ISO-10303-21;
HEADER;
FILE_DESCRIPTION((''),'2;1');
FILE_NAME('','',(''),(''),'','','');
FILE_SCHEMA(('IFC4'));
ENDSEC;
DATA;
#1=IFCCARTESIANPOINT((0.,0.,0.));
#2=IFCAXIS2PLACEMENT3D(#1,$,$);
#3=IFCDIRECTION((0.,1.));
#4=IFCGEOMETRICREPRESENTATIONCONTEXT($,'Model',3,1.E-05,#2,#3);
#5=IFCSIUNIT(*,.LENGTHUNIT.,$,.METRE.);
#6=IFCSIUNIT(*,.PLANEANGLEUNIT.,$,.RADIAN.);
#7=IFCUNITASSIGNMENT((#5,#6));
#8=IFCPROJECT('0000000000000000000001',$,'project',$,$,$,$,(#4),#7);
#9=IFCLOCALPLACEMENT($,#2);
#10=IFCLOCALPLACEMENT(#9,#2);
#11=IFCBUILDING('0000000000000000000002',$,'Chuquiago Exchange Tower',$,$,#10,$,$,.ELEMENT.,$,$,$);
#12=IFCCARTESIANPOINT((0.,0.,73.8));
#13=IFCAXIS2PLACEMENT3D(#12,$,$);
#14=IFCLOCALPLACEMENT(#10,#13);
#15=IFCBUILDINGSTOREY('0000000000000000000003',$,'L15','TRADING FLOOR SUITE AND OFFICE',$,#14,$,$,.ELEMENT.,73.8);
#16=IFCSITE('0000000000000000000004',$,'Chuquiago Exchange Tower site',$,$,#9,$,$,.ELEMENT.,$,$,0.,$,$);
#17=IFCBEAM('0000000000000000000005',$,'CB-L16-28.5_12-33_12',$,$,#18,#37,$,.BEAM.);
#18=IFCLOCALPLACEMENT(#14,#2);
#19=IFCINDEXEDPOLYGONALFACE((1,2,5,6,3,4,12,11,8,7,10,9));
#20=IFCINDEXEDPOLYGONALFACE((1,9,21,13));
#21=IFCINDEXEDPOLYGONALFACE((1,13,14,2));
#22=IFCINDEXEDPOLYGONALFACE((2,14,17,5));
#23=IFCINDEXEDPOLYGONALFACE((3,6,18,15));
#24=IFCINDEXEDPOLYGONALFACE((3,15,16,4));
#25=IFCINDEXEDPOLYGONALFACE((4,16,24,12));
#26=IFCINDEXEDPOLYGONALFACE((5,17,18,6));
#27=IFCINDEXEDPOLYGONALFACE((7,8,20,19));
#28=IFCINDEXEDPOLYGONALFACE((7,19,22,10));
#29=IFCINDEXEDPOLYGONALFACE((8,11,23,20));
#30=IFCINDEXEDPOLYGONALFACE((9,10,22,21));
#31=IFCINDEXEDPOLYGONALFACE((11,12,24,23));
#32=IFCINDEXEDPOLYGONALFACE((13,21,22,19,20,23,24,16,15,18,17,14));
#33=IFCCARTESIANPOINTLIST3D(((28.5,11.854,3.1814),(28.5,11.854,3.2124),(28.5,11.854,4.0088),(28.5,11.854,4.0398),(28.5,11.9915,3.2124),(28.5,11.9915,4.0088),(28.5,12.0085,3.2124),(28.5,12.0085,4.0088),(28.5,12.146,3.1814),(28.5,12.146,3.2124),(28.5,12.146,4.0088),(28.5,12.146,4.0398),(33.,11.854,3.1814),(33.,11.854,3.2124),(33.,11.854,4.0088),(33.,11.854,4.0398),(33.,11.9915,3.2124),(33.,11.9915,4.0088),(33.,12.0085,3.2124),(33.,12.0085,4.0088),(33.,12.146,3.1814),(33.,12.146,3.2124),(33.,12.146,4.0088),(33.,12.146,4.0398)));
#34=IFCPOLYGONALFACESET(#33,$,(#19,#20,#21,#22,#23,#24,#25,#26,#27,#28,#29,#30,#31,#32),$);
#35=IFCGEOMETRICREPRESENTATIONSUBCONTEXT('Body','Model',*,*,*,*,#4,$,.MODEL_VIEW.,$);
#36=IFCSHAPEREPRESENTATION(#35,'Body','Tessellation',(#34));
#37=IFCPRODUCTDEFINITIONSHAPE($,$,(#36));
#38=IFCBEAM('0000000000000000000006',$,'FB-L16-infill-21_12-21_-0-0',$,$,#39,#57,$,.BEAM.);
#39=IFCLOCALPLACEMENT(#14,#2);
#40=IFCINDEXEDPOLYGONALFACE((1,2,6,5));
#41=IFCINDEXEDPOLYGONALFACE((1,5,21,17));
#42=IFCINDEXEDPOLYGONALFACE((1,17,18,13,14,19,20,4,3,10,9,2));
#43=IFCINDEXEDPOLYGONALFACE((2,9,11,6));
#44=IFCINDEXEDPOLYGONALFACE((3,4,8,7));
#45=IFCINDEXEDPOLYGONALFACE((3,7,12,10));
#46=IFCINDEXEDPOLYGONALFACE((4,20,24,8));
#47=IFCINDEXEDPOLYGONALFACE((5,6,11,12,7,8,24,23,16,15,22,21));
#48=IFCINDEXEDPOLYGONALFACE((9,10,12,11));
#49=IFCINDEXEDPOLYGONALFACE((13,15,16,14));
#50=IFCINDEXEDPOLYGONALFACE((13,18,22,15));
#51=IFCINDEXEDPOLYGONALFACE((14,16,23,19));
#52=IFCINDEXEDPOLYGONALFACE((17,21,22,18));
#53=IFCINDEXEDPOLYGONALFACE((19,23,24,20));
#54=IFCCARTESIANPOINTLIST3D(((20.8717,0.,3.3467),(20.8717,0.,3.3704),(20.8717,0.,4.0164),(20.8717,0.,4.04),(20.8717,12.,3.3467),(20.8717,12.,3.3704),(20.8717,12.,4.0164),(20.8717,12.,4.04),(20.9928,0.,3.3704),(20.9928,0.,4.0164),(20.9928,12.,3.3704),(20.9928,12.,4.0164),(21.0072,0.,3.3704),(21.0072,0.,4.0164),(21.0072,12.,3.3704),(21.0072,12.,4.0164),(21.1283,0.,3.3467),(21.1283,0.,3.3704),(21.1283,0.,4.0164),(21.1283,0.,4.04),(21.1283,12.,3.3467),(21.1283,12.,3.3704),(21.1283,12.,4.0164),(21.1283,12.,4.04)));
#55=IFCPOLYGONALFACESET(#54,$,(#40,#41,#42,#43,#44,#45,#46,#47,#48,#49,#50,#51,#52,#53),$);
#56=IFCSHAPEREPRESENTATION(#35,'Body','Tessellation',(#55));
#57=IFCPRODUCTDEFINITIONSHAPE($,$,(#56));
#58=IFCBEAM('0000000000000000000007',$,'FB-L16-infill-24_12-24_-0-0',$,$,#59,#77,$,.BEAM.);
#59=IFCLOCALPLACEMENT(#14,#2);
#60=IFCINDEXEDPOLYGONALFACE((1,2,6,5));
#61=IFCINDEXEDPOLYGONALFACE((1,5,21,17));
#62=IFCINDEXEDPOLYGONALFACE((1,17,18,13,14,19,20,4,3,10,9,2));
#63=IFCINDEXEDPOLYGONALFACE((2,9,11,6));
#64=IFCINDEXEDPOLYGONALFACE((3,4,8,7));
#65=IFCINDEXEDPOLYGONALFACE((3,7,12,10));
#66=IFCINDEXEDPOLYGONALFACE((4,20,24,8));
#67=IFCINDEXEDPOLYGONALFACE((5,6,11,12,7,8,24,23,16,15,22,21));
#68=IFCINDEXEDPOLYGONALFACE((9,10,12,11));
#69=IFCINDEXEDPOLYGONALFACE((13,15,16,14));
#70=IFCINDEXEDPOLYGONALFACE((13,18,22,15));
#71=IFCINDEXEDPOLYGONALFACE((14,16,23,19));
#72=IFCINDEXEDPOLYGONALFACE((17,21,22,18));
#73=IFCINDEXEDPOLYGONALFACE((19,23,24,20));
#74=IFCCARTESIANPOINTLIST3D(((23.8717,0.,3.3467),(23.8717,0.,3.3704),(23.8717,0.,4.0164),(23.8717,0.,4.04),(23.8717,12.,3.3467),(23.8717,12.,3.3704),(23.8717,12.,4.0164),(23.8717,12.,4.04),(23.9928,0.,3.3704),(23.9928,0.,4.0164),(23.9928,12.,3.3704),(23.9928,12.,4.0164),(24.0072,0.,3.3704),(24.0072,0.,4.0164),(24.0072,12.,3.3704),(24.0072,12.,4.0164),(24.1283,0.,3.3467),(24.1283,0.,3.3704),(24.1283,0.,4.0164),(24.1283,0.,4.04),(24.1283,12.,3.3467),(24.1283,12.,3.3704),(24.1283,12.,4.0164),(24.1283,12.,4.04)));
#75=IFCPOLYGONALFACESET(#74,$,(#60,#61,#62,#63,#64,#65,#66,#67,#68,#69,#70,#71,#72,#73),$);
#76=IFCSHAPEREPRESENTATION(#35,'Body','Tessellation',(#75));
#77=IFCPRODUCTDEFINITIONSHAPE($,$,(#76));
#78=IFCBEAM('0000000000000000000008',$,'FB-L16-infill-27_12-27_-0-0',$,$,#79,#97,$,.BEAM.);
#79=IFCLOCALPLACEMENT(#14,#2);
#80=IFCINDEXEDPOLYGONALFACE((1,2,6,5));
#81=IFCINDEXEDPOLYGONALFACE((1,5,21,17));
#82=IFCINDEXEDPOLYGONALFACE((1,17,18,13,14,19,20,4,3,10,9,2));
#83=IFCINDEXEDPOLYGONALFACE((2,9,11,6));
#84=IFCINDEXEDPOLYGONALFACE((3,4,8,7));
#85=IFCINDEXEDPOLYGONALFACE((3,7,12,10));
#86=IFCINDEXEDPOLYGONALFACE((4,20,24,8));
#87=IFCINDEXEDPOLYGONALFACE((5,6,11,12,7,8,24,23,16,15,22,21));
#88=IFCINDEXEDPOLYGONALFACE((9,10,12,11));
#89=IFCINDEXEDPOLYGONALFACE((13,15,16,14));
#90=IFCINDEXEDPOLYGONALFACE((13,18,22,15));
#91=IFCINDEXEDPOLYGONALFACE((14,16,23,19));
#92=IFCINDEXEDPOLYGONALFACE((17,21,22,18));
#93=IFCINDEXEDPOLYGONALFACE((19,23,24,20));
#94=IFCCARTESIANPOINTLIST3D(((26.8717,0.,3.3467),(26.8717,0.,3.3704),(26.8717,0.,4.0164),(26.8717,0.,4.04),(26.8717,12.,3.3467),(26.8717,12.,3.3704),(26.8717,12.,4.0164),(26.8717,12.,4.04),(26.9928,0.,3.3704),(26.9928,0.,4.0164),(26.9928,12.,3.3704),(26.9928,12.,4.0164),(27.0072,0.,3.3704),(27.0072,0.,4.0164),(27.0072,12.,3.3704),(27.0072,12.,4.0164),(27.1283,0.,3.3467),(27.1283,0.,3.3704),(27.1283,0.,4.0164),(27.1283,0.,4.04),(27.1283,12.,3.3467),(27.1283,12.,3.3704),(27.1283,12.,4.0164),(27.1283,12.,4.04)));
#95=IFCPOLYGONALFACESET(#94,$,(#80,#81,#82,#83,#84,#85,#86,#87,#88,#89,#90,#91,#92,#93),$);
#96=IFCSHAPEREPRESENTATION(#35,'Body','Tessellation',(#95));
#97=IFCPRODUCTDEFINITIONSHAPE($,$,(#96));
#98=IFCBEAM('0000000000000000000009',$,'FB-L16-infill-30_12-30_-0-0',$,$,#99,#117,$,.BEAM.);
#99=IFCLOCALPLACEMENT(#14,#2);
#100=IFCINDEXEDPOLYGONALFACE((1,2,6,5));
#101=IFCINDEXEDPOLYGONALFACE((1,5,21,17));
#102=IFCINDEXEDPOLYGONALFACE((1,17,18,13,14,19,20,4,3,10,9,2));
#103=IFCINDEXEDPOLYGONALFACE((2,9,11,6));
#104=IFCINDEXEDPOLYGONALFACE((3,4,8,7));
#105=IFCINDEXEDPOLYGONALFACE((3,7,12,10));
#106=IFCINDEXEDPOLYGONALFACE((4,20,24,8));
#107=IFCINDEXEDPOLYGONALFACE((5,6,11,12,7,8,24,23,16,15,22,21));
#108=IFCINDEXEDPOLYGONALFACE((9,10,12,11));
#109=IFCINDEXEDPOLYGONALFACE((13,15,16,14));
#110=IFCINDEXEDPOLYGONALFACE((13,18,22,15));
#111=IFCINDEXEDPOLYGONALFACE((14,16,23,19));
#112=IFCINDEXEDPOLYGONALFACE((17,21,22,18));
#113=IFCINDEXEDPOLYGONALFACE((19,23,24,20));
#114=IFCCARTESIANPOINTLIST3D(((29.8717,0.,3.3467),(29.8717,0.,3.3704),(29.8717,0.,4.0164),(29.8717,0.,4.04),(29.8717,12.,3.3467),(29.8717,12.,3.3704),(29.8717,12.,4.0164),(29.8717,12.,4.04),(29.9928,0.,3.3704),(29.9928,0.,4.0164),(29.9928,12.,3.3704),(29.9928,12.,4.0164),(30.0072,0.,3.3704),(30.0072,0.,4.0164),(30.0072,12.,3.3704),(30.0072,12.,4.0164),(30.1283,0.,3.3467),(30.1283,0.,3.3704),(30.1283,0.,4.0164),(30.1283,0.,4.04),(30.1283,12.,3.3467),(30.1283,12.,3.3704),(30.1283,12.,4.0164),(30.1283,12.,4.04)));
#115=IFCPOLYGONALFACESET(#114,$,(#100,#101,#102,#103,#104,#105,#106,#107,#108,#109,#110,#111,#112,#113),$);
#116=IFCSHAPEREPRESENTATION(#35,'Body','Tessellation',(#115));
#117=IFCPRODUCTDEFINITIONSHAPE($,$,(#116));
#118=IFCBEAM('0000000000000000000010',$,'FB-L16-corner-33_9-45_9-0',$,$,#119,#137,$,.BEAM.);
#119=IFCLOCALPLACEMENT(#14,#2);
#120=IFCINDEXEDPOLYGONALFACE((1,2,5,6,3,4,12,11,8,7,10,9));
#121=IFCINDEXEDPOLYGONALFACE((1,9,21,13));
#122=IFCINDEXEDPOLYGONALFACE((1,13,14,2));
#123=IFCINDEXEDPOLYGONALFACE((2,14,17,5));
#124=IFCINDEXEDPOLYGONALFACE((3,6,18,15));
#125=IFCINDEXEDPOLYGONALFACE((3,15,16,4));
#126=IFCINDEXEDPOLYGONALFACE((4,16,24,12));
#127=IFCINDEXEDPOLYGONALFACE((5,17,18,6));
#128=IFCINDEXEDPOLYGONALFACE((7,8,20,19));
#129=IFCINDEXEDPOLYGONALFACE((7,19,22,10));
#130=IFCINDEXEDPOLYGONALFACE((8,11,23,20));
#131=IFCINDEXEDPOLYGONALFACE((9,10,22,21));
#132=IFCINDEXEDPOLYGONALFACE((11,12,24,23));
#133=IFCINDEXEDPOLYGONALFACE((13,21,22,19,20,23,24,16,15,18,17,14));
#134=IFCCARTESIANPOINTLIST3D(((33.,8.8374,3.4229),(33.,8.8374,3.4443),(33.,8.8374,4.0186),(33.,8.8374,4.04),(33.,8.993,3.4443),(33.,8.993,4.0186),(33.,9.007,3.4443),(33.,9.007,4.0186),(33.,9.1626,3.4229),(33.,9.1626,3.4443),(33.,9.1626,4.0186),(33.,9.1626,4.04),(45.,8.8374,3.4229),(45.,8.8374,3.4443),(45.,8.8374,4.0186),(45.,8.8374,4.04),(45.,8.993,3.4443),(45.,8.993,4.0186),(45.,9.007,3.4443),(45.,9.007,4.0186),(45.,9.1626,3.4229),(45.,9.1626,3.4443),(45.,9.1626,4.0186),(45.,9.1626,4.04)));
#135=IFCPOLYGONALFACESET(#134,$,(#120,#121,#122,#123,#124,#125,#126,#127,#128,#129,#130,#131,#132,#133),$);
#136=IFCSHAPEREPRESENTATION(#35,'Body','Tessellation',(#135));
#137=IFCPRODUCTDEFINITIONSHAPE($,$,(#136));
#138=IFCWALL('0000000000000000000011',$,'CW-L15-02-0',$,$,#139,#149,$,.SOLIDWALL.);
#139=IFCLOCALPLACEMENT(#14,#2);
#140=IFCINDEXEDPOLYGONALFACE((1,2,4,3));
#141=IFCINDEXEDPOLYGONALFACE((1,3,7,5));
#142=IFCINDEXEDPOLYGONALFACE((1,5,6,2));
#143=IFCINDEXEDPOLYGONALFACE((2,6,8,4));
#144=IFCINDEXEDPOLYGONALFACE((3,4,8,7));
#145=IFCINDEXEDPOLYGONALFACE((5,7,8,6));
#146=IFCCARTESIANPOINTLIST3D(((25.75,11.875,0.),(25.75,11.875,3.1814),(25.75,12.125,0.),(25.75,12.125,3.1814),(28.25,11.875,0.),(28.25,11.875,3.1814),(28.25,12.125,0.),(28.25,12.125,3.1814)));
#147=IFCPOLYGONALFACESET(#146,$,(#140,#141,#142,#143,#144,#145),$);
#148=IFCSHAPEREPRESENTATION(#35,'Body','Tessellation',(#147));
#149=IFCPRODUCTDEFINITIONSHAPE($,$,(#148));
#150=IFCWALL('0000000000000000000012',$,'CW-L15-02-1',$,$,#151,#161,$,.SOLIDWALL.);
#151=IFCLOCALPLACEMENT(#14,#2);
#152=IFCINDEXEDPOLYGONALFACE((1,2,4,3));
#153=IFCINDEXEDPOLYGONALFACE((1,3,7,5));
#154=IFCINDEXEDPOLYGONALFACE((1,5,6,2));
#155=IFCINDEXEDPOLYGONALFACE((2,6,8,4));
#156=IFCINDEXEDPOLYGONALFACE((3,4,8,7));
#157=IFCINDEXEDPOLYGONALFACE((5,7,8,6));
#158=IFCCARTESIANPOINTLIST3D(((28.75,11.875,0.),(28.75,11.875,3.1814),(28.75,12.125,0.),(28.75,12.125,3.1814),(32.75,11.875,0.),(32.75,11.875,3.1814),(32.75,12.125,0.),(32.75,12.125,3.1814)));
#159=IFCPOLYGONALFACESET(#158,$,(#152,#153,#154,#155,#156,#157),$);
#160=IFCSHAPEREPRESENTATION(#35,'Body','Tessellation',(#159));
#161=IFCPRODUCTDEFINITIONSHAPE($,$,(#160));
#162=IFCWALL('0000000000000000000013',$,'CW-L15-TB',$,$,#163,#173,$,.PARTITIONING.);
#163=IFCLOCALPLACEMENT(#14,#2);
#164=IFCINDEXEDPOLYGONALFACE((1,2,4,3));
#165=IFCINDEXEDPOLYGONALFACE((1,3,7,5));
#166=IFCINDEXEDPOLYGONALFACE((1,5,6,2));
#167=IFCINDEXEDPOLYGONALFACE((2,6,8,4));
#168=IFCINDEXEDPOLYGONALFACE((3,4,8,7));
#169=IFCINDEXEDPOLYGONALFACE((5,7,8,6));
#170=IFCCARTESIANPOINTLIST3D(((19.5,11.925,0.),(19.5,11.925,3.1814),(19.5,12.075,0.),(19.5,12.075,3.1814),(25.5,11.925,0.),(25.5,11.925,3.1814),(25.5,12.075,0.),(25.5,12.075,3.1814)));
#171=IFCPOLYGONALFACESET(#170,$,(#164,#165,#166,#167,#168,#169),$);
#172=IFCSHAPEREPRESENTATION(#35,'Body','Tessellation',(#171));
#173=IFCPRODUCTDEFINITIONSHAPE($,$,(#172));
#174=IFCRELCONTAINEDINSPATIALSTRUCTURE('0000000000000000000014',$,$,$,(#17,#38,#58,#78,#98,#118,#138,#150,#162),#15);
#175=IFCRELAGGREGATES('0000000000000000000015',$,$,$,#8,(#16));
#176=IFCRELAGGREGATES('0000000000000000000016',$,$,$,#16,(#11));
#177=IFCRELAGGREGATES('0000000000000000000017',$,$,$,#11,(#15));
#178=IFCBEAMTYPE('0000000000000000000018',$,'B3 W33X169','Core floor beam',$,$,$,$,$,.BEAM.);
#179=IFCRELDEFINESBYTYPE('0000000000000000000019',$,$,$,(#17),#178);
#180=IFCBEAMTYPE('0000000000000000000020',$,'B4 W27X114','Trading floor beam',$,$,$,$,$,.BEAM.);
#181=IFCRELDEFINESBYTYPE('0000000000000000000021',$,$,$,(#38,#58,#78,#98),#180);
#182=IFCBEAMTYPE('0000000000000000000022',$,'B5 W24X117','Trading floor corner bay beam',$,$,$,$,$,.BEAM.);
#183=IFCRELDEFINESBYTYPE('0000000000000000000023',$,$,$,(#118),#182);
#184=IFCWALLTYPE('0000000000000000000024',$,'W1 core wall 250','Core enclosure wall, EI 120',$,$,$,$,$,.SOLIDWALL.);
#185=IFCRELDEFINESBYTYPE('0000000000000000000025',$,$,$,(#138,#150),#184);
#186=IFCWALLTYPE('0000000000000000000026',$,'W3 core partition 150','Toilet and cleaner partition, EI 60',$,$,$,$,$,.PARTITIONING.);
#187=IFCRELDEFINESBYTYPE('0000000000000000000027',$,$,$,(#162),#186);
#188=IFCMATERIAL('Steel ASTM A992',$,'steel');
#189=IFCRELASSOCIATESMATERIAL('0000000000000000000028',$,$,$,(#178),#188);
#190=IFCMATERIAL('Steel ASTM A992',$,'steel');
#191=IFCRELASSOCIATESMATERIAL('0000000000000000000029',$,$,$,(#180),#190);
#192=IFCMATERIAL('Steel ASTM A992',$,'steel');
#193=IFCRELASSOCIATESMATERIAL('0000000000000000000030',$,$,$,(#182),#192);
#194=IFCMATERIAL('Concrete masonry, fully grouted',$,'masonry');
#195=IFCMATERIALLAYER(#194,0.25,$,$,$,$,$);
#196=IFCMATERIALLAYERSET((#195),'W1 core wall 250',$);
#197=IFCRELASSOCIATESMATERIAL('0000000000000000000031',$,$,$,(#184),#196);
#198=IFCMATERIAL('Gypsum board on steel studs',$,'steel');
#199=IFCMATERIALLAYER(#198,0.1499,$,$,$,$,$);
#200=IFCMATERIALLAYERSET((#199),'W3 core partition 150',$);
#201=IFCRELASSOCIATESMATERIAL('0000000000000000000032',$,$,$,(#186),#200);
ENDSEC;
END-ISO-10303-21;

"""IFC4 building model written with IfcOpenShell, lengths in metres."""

from ifc_helpers import new_model, si_unit, direction, frame, frame_2d, origin, origin_2d, place, context, subcontext, project, spatial, rectangle, i_section, extrude, material, layer, layer_set, material_profile, profile_set, type_object, element, save


model = new_model("IFC4")

# Units and contexts
model_context = context("Model", 3, precision=1e-05, world=origin(), true_north=direction((0.0, 1.0)))
body_context = subcontext(model_context, "Body", "Model", "MODEL_VIEW")
ifc_project = project(units=[si_unit("LENGTHUNIT", "METRE"), si_unit("PLANEANGLEUNIT", "RADIAN")], contexts=[model_context])

# Site, building, storey
site_placement = place(None, origin())
site = spatial("IfcSite", under=ifc_project, at=site_placement, Name="Chuquiago Exchange Tower site", CompositionType="ELEMENT", RefElevation=0.0)
building_placement = place(site_placement, origin())
building = spatial("IfcBuilding", under=site, at=building_placement, Name="Chuquiago Exchange Tower", CompositionType="ELEMENT")
storey_placement = place(building_placement, frame((0.0, 0.0, 73.8)))
storey = spatial("IfcBuildingStorey", under=building, at=storey_placement, Name="L15", Description="TRADING FLOOR SUITE AND OFFICE", CompositionType="ELEMENT", Elevation=73.8)

# Beams
ifc_material_1 = material(Name="Steel ASTM A992", Category="steel")
ifc_material_profile_1 = material_profile(ifc_material_1, i_section(OverallWidth=0.292, OverallDepth=0.8584, WebThickness=0.0171, FlangeThickness=0.031, at=origin_2d()), Name="W33X169")
ifc_profile_set_1 = profile_set([ifc_material_profile_1], Name="Steel ASTM A992")
beam_type_1 = type_object("IfcBeamType", Name="B3 W33X169", Description="Core floor beam", PredefinedType="BEAM", material=ifc_profile_set_1)
beam_1_placement = place(storey_placement, frame((28.5, 12.0, 3.6106), z_axis=(1.0, 0.0, 0.0), x_axis=(0.0, 1.0, 0.0)))
element("IfcBeam", 1, at=beam_1_placement, inside=storey, type_object=beam_type_1, Name="CB-L16-28.5_12-33_12", PredefinedType="BEAM", context=body_context, shape_type="SweptSolid", body=[
    extrude(i_section(OverallWidth=0.292, OverallDepth=0.8584, WebThickness=0.0171, FlangeThickness=0.031, at=origin_2d()), origin(), (0.0, 0.0, 1.0), 4.5),
])
ifc_material_2 = material(Name="Steel ASTM A992", Category="steel")
ifc_material_profile_2 = material_profile(ifc_material_2, i_section(OverallWidth=0.2566, OverallDepth=0.6934, WebThickness=0.0144, FlangeThickness=0.0237, at=origin_2d()), Name="W27X114")
ifc_profile_set_2 = profile_set([ifc_material_profile_2], Name="Steel ASTM A992")
beam_type_2 = type_object("IfcBeamType", Name="B4 W27X114", Description="Trading floor beam", PredefinedType="BEAM", material=ifc_profile_set_2)
for number, where, z_axis, x_axis, name in (
    (2, (21.0, 12.0, 3.6934), (0.0, -1.0, 0.0), (1.0, 0.0, 0.0), "FB-L16-infill-21_12-21_-0-0"),
    (3, (24.0, 12.0, 3.6934), (0.0, -1.0, 0.0), (1.0, 0.0, 0.0), "FB-L16-infill-24_12-24_-0-0"),
    (4, (27.0, 12.0, 3.6934), (0.0, -1.0, 0.0), (1.0, 0.0, 0.0), "FB-L16-infill-27_12-27_-0-0"),
    (5, (30.0, 12.0, 3.6934), (0.0, -1.0, 0.0), (1.0, 0.0, 0.0), "FB-L16-infill-30_12-30_-0-0"),
):
    element("IfcBeam", number, at=place(storey_placement, frame(where, z_axis=z_axis, x_axis=x_axis)), inside=storey, type_object=beam_type_2, Name=name, PredefinedType="BEAM", context=body_context, shape_type="SweptSolid", body=[
        extrude(i_section(OverallWidth=0.2566, OverallDepth=0.6934, WebThickness=0.0144, FlangeThickness=0.0237, at=origin_2d()), origin(), (0.0, 0.0, 1.0), 12.0),
    ])
ifc_material_3 = material(Name="Steel ASTM A992", Category="steel")
ifc_material_profile_3 = material_profile(ifc_material_3, i_section(OverallWidth=0.3252, OverallDepth=0.6172, WebThickness=0.0139, FlangeThickness=0.0215, at=origin_2d()), Name="W24X117")
ifc_profile_set_3 = profile_set([ifc_material_profile_3], Name="Steel ASTM A992")
beam_type_3 = type_object("IfcBeamType", Name="B5 W24X117", Description="Trading floor corner bay beam", PredefinedType="BEAM", material=ifc_profile_set_3)
beam_2_placement = place(storey_placement, frame((33.0, 9.0, 3.7314), z_axis=(1.0, 0.0, 0.0), x_axis=(0.0, 1.0, 0.0)))
element("IfcBeam", 6, at=beam_2_placement, inside=storey, type_object=beam_type_3, Name="FB-L16-corner-33_9-45_9-0", PredefinedType="BEAM", context=body_context, shape_type="SweptSolid", body=[
    extrude(i_section(OverallWidth=0.3252, OverallDepth=0.6172, WebThickness=0.0139, FlangeThickness=0.0215, at=origin_2d()), origin(), (0.0, 0.0, 1.0), 12.0),
])

# Walls
ifc_material_4 = material(Name="Concrete masonry, fully grouted", Category="masonry")
ifc_layer_1 = layer(ifc_material_4, 0.25)
ifc_layer_set_1 = layer_set([ifc_layer_1], Name="W1 core wall 250")
wall_type_1 = type_object("IfcWallType", Name="W1 core wall 250", Description="Core enclosure wall, EI 120", PredefinedType="SOLIDWALL", material=ifc_layer_set_1)
wall_1_placement = place(storey_placement, frame((25.75, 12.0, 0.0), z_axis=(0.0, 0.0, 1.0), x_axis=(1.0, 0.0, 0.0)))
element("IfcWall", 7, at=wall_1_placement, inside=storey, type_object=wall_type_1, Name="CW-L15-02-0", PredefinedType="SOLIDWALL", context=body_context, shape_type="SweptSolid", body=[
    extrude(rectangle(XDim=2.5, YDim=0.25, at=frame_2d((1.25, 0.0))), origin(), (0.0, 0.0, 1.0), 3.1814),
])
wall_2_placement = place(storey_placement, frame((28.75, 12.0, 0.0), z_axis=(0.0, 0.0, 1.0), x_axis=(1.0, 0.0, 0.0)))
element("IfcWall", 8, at=wall_2_placement, inside=storey, type_object=wall_type_1, Name="CW-L15-02-1", PredefinedType="SOLIDWALL", context=body_context, shape_type="SweptSolid", body=[
    extrude(rectangle(XDim=4.0, YDim=0.25, at=frame_2d((2.0, 0.0))), origin(), (0.0, 0.0, 1.0), 3.1814),
])
ifc_material_5 = material(Name="Gypsum board on steel studs", Category="steel")
ifc_layer_2 = layer(ifc_material_5, 0.1499)
ifc_layer_set_2 = layer_set([ifc_layer_2], Name="W3 core partition 150")
wall_type_2 = type_object("IfcWallType", Name="W3 core partition 150", Description="Toilet and cleaner partition, EI 60", PredefinedType="PARTITIONING", material=ifc_layer_set_2)
wall_3_placement = place(storey_placement, frame((19.5, 12.0, 0.0), z_axis=(0.0, 0.0, 1.0), x_axis=(1.0, 0.0, 0.0)))
element("IfcWall", 9, at=wall_3_placement, inside=storey, type_object=wall_type_2, Name="CW-L15-TB", PredefinedType="PARTITIONING", context=body_context, shape_type="SweptSolid", body=[
    extrude(rectangle(XDim=6.0, YDim=0.1499, at=frame_2d((3.0, 0.0))), origin(), (0.0, 0.0, 1.0), 3.1814),
])

save(model, "model.ifc")
